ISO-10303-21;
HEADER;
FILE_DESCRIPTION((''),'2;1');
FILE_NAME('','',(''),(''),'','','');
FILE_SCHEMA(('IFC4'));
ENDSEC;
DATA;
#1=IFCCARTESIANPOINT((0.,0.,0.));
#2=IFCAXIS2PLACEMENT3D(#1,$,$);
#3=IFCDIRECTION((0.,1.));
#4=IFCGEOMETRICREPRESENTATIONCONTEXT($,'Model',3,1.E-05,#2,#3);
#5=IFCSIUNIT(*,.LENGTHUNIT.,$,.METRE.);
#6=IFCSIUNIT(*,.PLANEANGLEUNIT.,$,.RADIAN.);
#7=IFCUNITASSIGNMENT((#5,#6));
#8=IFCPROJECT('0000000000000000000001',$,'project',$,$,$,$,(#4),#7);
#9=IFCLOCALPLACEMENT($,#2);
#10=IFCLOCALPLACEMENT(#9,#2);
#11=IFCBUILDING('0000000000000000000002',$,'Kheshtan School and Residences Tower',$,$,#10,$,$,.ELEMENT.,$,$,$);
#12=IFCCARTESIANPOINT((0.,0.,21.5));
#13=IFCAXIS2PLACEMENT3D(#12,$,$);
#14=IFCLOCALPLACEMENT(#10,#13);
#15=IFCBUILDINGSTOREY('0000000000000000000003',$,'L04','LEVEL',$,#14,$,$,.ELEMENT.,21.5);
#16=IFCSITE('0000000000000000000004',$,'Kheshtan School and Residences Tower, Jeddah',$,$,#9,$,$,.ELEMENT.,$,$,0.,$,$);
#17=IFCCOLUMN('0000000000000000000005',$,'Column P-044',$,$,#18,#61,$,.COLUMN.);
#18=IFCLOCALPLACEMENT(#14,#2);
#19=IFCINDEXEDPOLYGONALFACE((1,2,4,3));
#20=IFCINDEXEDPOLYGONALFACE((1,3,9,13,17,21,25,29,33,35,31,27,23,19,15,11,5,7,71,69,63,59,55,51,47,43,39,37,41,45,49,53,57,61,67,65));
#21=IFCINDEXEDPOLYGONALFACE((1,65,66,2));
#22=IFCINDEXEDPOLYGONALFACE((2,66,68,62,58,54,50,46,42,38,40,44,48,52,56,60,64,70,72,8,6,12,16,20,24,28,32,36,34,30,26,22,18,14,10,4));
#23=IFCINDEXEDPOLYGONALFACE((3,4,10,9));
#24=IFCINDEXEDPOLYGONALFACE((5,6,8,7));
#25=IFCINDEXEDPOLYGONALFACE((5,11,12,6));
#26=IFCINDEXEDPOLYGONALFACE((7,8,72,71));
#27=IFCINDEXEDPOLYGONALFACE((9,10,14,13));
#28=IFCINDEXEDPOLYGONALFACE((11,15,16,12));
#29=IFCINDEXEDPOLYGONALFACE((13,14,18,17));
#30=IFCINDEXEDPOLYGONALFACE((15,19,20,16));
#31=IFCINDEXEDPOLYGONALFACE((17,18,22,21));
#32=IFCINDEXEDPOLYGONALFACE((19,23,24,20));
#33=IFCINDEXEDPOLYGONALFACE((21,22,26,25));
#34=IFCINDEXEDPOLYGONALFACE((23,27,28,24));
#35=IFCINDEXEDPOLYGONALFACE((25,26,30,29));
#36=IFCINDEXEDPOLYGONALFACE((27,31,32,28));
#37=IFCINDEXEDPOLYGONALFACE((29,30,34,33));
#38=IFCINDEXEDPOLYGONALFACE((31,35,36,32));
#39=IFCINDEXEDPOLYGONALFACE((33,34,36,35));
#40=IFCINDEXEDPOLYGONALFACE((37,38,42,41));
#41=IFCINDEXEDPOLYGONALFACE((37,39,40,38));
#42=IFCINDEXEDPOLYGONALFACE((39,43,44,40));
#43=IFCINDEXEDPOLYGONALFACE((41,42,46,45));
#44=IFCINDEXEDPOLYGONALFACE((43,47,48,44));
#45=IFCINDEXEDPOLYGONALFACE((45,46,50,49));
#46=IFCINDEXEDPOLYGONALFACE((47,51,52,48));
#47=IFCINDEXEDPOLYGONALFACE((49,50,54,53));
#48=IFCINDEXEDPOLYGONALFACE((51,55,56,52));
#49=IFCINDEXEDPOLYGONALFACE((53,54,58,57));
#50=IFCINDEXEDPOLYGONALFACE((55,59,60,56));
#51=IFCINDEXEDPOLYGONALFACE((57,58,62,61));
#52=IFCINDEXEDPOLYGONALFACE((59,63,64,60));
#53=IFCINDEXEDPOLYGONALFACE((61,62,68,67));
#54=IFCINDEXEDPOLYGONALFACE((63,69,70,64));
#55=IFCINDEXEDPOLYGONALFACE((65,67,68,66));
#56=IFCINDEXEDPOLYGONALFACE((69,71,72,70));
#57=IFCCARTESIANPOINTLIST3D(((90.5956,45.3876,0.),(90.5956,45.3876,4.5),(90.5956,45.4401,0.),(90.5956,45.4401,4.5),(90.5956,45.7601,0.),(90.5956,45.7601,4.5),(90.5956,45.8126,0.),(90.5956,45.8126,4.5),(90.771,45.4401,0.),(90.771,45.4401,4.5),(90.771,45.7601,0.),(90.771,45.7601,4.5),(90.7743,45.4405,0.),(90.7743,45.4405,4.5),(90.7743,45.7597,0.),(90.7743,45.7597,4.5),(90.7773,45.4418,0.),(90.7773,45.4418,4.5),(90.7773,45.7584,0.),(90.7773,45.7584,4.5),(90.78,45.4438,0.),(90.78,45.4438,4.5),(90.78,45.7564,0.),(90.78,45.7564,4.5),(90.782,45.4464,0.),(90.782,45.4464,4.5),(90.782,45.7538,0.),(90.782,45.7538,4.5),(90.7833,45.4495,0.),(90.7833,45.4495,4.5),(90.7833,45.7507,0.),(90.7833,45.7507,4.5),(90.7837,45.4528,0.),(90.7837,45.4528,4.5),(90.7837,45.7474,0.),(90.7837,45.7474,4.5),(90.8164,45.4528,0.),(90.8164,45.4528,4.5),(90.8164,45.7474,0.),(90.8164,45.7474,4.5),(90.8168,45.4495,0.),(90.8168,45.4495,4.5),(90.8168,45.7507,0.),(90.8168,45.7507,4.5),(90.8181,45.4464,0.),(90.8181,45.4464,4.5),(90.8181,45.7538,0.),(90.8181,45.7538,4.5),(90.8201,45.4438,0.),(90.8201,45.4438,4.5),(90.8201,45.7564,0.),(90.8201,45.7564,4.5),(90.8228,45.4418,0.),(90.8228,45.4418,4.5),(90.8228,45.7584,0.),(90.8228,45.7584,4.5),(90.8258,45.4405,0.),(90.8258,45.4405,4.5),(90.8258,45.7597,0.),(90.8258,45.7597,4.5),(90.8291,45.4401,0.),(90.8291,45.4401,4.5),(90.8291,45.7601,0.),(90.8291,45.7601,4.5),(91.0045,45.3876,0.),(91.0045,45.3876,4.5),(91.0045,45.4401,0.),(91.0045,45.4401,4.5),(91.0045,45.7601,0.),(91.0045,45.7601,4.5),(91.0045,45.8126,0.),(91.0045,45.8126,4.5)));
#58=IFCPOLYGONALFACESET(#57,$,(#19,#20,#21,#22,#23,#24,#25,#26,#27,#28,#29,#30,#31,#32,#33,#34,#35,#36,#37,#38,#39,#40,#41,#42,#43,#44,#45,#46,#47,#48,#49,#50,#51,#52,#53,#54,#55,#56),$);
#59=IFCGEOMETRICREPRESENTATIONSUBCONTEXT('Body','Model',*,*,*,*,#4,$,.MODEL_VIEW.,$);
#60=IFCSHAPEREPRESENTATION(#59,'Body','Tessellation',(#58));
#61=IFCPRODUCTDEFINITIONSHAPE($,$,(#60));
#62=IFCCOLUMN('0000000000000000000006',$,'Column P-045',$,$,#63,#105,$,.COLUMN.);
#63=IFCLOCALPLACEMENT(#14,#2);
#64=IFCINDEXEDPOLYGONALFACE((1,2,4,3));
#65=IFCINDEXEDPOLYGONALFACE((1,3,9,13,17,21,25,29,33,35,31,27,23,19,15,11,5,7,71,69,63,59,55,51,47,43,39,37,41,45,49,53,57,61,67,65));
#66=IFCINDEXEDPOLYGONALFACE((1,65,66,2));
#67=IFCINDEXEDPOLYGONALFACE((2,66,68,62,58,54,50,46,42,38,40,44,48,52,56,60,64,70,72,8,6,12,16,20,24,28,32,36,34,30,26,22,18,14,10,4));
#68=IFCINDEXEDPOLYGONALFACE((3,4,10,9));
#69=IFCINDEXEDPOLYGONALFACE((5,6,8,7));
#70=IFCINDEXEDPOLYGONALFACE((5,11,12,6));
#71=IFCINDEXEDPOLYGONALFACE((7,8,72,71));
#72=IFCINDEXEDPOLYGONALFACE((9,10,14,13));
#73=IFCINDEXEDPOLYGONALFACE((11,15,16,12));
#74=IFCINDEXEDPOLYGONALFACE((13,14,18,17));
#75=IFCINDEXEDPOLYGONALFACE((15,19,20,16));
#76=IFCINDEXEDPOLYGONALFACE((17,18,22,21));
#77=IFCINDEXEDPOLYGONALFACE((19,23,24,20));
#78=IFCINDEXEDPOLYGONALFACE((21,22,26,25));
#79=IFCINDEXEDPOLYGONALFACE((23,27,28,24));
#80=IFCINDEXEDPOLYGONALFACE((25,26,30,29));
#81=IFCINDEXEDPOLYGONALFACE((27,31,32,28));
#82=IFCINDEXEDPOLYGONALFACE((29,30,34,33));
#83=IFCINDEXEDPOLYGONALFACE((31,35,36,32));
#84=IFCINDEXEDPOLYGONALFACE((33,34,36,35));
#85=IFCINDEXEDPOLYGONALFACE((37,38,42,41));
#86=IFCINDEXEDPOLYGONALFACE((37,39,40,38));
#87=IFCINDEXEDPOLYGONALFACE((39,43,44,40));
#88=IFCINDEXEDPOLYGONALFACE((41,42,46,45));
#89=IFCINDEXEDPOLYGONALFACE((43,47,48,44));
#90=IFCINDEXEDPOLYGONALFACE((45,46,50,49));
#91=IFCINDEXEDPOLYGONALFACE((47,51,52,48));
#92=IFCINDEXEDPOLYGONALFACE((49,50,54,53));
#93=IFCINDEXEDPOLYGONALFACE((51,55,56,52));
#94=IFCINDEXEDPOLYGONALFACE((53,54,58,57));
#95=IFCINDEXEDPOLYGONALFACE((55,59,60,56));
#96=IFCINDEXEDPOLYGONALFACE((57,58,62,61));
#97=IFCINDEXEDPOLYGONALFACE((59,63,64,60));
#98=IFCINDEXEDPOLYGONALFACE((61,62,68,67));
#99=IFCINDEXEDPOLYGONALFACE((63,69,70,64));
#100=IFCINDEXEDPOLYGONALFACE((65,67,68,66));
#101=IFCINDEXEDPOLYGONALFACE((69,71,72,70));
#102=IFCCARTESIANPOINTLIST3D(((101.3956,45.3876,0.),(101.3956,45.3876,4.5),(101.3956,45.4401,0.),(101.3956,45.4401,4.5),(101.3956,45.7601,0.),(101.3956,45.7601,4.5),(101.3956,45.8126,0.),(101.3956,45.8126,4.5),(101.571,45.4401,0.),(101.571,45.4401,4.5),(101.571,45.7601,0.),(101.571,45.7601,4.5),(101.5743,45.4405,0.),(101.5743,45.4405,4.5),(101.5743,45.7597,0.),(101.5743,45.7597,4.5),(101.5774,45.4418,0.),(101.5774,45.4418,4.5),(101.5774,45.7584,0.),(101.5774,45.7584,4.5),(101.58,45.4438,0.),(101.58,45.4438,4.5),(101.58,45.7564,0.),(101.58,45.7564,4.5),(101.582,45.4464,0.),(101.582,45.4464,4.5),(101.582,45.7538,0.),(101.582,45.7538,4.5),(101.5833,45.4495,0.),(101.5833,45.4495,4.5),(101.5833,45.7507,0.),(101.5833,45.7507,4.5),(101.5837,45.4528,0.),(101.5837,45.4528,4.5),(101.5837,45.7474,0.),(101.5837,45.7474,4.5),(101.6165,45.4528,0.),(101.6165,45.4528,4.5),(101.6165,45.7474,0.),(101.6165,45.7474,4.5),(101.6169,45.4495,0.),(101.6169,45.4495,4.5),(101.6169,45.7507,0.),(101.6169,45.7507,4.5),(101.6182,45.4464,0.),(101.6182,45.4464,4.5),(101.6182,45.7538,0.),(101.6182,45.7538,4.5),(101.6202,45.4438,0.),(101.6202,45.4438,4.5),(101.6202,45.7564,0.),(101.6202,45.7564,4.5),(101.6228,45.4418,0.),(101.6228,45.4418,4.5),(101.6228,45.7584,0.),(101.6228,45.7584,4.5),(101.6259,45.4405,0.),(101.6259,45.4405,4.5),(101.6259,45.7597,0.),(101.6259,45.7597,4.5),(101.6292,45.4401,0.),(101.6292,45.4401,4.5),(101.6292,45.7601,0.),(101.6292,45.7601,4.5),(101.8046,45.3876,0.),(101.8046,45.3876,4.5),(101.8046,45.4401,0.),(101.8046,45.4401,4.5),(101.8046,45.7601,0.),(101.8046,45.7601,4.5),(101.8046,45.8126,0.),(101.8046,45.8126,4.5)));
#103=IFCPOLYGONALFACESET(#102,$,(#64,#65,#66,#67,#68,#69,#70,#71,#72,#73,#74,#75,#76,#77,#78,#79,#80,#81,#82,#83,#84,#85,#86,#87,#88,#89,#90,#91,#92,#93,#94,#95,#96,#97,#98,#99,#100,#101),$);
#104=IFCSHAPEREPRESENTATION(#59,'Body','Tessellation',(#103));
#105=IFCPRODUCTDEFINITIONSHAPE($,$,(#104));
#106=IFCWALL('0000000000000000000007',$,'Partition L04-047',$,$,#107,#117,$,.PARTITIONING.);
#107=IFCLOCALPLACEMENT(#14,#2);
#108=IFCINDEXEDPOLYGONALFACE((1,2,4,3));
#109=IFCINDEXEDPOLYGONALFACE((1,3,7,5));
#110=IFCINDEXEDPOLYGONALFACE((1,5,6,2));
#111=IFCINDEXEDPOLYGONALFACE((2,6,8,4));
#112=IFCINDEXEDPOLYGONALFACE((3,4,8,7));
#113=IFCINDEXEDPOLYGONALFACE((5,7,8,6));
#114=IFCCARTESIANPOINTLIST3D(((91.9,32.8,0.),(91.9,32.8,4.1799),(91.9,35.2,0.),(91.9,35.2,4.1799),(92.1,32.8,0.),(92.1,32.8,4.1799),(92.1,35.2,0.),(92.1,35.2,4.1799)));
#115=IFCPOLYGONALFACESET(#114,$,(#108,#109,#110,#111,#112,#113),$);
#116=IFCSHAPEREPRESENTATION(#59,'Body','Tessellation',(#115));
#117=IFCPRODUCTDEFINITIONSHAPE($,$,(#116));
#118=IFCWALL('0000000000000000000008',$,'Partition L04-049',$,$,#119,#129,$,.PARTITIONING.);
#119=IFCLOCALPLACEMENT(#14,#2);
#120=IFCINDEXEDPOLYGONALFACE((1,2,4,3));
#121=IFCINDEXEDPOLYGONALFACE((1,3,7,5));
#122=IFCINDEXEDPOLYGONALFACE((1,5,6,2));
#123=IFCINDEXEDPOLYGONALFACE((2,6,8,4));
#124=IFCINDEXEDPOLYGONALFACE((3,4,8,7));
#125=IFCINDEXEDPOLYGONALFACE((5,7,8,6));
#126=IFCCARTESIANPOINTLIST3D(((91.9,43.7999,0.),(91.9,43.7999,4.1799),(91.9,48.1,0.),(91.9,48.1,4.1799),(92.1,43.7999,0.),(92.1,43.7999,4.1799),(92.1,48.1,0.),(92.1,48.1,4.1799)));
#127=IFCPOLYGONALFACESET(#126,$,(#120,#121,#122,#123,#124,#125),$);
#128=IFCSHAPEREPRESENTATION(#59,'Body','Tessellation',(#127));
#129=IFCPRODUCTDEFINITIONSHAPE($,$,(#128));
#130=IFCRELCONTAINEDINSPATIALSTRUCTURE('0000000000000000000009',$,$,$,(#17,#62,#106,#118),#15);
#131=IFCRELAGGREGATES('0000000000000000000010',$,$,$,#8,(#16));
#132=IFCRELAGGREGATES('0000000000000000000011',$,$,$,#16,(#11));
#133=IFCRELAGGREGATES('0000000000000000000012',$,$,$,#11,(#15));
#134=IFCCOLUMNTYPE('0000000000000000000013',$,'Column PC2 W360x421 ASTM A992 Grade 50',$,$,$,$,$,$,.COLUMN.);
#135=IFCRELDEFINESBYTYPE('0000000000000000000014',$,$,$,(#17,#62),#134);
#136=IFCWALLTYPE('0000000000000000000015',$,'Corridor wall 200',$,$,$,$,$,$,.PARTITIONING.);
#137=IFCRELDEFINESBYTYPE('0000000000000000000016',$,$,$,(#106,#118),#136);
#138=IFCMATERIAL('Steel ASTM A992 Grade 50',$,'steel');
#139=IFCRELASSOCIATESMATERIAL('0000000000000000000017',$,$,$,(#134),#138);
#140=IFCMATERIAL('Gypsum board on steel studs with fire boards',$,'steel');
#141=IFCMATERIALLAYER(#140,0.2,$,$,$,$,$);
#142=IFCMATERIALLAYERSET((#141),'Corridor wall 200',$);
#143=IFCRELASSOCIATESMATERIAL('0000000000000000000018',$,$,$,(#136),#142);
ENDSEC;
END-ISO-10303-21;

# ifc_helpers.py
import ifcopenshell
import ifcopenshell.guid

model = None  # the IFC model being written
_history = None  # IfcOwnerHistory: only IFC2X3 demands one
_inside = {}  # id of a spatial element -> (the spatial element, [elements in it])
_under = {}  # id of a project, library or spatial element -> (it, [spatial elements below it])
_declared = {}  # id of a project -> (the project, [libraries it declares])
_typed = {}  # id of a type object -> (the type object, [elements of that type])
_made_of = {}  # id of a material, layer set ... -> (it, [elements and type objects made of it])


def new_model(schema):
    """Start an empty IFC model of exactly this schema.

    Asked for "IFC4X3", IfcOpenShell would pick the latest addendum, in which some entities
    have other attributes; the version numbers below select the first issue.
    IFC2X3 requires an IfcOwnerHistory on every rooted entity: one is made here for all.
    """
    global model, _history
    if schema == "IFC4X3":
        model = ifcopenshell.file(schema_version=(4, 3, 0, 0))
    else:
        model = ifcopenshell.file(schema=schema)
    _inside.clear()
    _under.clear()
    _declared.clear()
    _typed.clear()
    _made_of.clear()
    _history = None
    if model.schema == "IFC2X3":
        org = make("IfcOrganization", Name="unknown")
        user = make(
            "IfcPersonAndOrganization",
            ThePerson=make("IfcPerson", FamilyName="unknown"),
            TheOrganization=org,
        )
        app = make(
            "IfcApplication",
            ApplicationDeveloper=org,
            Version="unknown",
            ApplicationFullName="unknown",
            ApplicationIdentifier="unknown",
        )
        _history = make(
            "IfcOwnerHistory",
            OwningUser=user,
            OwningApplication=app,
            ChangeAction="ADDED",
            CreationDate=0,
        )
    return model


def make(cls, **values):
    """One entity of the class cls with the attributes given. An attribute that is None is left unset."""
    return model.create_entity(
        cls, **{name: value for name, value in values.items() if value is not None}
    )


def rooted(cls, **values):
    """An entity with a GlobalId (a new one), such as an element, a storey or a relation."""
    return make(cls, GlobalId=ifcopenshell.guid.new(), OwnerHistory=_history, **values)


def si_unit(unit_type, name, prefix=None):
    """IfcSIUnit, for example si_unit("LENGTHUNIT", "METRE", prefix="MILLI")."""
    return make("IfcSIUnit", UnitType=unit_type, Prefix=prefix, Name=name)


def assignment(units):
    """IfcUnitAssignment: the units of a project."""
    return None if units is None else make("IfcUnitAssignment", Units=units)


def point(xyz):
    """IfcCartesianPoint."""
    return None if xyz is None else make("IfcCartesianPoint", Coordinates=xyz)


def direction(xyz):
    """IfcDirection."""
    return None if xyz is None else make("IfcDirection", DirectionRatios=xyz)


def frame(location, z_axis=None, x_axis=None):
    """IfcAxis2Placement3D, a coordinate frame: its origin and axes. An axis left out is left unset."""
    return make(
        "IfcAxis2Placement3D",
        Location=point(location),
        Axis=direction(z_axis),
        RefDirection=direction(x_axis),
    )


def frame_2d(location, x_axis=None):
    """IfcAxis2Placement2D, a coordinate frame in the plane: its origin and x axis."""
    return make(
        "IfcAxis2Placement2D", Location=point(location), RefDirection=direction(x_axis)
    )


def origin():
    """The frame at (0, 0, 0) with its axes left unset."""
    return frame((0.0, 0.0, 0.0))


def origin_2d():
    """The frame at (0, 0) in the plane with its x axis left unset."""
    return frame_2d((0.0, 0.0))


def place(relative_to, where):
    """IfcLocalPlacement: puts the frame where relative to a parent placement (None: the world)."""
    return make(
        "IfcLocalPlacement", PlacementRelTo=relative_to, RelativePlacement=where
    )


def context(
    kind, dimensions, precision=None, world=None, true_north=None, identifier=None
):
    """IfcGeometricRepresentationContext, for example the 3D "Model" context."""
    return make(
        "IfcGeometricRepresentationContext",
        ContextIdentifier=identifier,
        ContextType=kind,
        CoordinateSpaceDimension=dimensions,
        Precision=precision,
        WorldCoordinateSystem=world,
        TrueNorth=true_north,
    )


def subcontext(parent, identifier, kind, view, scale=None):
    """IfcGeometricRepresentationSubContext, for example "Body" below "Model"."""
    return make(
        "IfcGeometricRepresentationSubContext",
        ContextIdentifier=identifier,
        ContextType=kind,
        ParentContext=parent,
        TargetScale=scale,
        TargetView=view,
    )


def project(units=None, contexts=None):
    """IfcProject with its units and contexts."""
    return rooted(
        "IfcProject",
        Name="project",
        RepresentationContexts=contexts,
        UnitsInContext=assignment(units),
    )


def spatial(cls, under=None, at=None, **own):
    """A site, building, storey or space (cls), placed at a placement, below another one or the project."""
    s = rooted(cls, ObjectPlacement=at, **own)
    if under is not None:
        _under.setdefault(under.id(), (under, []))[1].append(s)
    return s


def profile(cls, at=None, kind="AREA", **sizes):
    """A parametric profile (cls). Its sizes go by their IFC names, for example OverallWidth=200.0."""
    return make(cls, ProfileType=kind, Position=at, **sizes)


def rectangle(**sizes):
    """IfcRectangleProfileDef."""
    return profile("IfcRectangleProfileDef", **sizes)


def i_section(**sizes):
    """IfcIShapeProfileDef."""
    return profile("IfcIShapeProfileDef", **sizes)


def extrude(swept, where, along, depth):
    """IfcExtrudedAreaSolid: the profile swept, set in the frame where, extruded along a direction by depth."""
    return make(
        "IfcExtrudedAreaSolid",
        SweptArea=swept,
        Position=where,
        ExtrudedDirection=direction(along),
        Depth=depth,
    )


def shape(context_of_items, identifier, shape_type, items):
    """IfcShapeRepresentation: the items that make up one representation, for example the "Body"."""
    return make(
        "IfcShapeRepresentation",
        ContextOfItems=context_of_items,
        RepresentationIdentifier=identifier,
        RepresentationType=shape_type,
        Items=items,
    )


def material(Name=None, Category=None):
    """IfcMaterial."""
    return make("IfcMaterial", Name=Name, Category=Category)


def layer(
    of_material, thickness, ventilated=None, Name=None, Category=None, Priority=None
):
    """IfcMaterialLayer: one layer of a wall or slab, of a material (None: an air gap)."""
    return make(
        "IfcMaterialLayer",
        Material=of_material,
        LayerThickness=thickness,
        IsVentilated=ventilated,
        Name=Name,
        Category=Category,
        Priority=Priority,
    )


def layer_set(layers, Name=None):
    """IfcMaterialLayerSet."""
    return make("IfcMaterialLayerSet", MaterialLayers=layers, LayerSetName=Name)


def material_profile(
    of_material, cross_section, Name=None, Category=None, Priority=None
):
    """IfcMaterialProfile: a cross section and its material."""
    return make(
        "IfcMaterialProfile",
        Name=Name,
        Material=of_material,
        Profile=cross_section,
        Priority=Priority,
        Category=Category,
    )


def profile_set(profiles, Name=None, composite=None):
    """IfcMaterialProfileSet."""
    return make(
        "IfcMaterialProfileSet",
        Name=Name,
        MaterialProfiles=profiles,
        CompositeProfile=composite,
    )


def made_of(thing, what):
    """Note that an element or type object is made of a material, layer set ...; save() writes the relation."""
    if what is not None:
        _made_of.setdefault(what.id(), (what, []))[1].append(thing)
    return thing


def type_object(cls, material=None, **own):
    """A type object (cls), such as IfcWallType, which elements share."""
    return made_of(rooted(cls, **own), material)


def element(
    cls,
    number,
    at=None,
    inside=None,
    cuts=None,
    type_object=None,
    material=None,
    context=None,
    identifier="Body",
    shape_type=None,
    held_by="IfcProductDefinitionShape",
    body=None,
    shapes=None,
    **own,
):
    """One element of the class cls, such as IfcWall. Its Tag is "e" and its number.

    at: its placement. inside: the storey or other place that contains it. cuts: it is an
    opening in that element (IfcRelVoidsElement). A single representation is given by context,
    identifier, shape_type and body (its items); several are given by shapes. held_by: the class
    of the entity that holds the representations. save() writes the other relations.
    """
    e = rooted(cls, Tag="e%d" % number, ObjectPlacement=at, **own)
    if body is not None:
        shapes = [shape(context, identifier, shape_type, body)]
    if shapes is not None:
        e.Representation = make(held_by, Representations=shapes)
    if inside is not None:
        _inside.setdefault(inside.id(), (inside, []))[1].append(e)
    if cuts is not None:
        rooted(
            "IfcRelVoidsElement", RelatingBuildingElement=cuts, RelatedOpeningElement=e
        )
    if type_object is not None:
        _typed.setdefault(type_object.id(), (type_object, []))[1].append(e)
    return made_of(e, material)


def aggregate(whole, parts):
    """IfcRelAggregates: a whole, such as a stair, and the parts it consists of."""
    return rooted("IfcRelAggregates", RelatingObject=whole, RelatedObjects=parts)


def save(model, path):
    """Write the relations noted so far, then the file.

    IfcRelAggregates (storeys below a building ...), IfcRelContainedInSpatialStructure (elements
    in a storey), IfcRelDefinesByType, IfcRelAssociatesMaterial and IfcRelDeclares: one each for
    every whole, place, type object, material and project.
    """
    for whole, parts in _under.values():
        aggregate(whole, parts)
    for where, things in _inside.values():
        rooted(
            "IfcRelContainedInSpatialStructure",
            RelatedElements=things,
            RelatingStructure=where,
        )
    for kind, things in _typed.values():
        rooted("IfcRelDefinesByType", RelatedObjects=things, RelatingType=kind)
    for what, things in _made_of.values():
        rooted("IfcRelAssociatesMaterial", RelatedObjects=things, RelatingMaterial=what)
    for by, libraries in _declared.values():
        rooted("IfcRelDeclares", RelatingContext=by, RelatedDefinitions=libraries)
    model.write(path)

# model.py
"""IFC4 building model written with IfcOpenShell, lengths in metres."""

from ifc_helpers import new_model, si_unit, direction, frame, frame_2d, origin, origin_2d, place, context, subcontext, project, spatial, rectangle, i_section, extrude, material, layer, layer_set, material_profile, profile_set, type_object, element, save


model = new_model("IFC4")

# Units and contexts
model_context = context("Model", 3, precision=1e-05, world=origin(), true_north=direction((0.0, 1.0)))
body_context = subcontext(model_context, "Body", "Model", "MODEL_VIEW")
ifc_project = project(units=[si_unit("LENGTHUNIT", "METRE"), si_unit("PLANEANGLEUNIT", "RADIAN")], contexts=[model_context])

# Site, building, storey
site_placement = place(None, origin())
site = spatial("IfcSite", under=ifc_project, at=site_placement, Name="Kheshtan School and Residences Tower, Jeddah", CompositionType="ELEMENT", RefElevation=0.0)
building_placement = place(site_placement, origin())
building = spatial("IfcBuilding", under=site, at=building_placement, Name="Kheshtan School and Residences Tower", CompositionType="ELEMENT")
storey_placement = place(building_placement, frame((0.0, 0.0, 21.5)))
storey = spatial("IfcBuildingStorey", under=building, at=storey_placement, Name="L04", Description="LEVEL", CompositionType="ELEMENT", Elevation=21.5)

# Columns
ifc_material_1 = material(Name="Steel ASTM A992 Grade 50", Category="steel")
ifc_material_profile = material_profile(ifc_material_1, i_section(OverallWidth=0.4089, OverallDepth=0.425, WebThickness=0.0327, FlangeThickness=0.0525, FilletRadius=0.0127, at=origin_2d()), Name="W360x421")
ifc_profile_set = profile_set([ifc_material_profile], Name="Steel ASTM A992 Grade 50")
column_type = type_object("IfcColumnType", Name="Column PC2 W360x421 ASTM A992 Grade 50", PredefinedType="COLUMN", material=ifc_profile_set)
for number, where, z_axis, x_axis, name in (
    (1, (90.8, 45.6001, 0.0), (0.0, 0.0, 1.0), (1.0, 0.0, 0.0), "Column P-044"),
    (2, (101.6001, 45.6001, 0.0), (0.0, 0.0, 1.0), (1.0, 0.0, 0.0), "Column P-045"),
):
    element("IfcColumn", number, at=place(storey_placement, frame(where, z_axis=z_axis, x_axis=x_axis)), inside=storey, type_object=column_type, Name=name, PredefinedType="COLUMN", context=body_context, shape_type="SweptSolid", body=[
        extrude(i_section(OverallWidth=0.4089, OverallDepth=0.425, WebThickness=0.0327, FlangeThickness=0.0525, FilletRadius=0.0127, at=origin_2d()), origin(), (0.0, 0.0, 1.0), 4.5),
    ])

# Walls
ifc_material_2 = material(Name="Gypsum board on steel studs with fire boards", Category="steel")
ifc_layer_1 = layer(ifc_material_2, 0.2)
ifc_layer_set_1 = layer_set([ifc_layer_1], Name="Corridor wall 200")
wall_type_1 = type_object("IfcWallType", Name="Corridor wall 200", PredefinedType="PARTITIONING", material=ifc_layer_set_1)
wall_1_placement = place(storey_placement, frame((92.0, 32.8, 0.0), z_axis=(0.0, 0.0, 1.0), x_axis=(0.0, 1.0, 0.0)))
element("IfcWall", 3, at=wall_1_placement, inside=storey, type_object=wall_type_1, Name="Partition L04-047", PredefinedType="PARTITIONING", context=body_context, shape_type="SweptSolid", body=[
    extrude(rectangle(XDim=2.3999, YDim=0.2, at=frame_2d((1.2, 0.0))), origin(), (0.0, 0.0, 1.0), 4.1799),
])
wall_2_placement = place(storey_placement, frame((92.0, 43.8, 0.0), z_axis=(0.0, 0.0, 1.0), x_axis=(0.0, 1.0, 0.0)))
element("IfcWall", 4, at=wall_2_placement, inside=storey, type_object=wall_type_1, Name="Partition L04-049", PredefinedType="PARTITIONING", context=body_context, shape_type="SweptSolid", body=[
    extrude(rectangle(XDim=4.3, YDim=0.2, at=frame_2d((2.1499, 0.0))), origin(), (0.0, 0.0, 1.0), 4.1799),
])

save(model, "model.ifc")
